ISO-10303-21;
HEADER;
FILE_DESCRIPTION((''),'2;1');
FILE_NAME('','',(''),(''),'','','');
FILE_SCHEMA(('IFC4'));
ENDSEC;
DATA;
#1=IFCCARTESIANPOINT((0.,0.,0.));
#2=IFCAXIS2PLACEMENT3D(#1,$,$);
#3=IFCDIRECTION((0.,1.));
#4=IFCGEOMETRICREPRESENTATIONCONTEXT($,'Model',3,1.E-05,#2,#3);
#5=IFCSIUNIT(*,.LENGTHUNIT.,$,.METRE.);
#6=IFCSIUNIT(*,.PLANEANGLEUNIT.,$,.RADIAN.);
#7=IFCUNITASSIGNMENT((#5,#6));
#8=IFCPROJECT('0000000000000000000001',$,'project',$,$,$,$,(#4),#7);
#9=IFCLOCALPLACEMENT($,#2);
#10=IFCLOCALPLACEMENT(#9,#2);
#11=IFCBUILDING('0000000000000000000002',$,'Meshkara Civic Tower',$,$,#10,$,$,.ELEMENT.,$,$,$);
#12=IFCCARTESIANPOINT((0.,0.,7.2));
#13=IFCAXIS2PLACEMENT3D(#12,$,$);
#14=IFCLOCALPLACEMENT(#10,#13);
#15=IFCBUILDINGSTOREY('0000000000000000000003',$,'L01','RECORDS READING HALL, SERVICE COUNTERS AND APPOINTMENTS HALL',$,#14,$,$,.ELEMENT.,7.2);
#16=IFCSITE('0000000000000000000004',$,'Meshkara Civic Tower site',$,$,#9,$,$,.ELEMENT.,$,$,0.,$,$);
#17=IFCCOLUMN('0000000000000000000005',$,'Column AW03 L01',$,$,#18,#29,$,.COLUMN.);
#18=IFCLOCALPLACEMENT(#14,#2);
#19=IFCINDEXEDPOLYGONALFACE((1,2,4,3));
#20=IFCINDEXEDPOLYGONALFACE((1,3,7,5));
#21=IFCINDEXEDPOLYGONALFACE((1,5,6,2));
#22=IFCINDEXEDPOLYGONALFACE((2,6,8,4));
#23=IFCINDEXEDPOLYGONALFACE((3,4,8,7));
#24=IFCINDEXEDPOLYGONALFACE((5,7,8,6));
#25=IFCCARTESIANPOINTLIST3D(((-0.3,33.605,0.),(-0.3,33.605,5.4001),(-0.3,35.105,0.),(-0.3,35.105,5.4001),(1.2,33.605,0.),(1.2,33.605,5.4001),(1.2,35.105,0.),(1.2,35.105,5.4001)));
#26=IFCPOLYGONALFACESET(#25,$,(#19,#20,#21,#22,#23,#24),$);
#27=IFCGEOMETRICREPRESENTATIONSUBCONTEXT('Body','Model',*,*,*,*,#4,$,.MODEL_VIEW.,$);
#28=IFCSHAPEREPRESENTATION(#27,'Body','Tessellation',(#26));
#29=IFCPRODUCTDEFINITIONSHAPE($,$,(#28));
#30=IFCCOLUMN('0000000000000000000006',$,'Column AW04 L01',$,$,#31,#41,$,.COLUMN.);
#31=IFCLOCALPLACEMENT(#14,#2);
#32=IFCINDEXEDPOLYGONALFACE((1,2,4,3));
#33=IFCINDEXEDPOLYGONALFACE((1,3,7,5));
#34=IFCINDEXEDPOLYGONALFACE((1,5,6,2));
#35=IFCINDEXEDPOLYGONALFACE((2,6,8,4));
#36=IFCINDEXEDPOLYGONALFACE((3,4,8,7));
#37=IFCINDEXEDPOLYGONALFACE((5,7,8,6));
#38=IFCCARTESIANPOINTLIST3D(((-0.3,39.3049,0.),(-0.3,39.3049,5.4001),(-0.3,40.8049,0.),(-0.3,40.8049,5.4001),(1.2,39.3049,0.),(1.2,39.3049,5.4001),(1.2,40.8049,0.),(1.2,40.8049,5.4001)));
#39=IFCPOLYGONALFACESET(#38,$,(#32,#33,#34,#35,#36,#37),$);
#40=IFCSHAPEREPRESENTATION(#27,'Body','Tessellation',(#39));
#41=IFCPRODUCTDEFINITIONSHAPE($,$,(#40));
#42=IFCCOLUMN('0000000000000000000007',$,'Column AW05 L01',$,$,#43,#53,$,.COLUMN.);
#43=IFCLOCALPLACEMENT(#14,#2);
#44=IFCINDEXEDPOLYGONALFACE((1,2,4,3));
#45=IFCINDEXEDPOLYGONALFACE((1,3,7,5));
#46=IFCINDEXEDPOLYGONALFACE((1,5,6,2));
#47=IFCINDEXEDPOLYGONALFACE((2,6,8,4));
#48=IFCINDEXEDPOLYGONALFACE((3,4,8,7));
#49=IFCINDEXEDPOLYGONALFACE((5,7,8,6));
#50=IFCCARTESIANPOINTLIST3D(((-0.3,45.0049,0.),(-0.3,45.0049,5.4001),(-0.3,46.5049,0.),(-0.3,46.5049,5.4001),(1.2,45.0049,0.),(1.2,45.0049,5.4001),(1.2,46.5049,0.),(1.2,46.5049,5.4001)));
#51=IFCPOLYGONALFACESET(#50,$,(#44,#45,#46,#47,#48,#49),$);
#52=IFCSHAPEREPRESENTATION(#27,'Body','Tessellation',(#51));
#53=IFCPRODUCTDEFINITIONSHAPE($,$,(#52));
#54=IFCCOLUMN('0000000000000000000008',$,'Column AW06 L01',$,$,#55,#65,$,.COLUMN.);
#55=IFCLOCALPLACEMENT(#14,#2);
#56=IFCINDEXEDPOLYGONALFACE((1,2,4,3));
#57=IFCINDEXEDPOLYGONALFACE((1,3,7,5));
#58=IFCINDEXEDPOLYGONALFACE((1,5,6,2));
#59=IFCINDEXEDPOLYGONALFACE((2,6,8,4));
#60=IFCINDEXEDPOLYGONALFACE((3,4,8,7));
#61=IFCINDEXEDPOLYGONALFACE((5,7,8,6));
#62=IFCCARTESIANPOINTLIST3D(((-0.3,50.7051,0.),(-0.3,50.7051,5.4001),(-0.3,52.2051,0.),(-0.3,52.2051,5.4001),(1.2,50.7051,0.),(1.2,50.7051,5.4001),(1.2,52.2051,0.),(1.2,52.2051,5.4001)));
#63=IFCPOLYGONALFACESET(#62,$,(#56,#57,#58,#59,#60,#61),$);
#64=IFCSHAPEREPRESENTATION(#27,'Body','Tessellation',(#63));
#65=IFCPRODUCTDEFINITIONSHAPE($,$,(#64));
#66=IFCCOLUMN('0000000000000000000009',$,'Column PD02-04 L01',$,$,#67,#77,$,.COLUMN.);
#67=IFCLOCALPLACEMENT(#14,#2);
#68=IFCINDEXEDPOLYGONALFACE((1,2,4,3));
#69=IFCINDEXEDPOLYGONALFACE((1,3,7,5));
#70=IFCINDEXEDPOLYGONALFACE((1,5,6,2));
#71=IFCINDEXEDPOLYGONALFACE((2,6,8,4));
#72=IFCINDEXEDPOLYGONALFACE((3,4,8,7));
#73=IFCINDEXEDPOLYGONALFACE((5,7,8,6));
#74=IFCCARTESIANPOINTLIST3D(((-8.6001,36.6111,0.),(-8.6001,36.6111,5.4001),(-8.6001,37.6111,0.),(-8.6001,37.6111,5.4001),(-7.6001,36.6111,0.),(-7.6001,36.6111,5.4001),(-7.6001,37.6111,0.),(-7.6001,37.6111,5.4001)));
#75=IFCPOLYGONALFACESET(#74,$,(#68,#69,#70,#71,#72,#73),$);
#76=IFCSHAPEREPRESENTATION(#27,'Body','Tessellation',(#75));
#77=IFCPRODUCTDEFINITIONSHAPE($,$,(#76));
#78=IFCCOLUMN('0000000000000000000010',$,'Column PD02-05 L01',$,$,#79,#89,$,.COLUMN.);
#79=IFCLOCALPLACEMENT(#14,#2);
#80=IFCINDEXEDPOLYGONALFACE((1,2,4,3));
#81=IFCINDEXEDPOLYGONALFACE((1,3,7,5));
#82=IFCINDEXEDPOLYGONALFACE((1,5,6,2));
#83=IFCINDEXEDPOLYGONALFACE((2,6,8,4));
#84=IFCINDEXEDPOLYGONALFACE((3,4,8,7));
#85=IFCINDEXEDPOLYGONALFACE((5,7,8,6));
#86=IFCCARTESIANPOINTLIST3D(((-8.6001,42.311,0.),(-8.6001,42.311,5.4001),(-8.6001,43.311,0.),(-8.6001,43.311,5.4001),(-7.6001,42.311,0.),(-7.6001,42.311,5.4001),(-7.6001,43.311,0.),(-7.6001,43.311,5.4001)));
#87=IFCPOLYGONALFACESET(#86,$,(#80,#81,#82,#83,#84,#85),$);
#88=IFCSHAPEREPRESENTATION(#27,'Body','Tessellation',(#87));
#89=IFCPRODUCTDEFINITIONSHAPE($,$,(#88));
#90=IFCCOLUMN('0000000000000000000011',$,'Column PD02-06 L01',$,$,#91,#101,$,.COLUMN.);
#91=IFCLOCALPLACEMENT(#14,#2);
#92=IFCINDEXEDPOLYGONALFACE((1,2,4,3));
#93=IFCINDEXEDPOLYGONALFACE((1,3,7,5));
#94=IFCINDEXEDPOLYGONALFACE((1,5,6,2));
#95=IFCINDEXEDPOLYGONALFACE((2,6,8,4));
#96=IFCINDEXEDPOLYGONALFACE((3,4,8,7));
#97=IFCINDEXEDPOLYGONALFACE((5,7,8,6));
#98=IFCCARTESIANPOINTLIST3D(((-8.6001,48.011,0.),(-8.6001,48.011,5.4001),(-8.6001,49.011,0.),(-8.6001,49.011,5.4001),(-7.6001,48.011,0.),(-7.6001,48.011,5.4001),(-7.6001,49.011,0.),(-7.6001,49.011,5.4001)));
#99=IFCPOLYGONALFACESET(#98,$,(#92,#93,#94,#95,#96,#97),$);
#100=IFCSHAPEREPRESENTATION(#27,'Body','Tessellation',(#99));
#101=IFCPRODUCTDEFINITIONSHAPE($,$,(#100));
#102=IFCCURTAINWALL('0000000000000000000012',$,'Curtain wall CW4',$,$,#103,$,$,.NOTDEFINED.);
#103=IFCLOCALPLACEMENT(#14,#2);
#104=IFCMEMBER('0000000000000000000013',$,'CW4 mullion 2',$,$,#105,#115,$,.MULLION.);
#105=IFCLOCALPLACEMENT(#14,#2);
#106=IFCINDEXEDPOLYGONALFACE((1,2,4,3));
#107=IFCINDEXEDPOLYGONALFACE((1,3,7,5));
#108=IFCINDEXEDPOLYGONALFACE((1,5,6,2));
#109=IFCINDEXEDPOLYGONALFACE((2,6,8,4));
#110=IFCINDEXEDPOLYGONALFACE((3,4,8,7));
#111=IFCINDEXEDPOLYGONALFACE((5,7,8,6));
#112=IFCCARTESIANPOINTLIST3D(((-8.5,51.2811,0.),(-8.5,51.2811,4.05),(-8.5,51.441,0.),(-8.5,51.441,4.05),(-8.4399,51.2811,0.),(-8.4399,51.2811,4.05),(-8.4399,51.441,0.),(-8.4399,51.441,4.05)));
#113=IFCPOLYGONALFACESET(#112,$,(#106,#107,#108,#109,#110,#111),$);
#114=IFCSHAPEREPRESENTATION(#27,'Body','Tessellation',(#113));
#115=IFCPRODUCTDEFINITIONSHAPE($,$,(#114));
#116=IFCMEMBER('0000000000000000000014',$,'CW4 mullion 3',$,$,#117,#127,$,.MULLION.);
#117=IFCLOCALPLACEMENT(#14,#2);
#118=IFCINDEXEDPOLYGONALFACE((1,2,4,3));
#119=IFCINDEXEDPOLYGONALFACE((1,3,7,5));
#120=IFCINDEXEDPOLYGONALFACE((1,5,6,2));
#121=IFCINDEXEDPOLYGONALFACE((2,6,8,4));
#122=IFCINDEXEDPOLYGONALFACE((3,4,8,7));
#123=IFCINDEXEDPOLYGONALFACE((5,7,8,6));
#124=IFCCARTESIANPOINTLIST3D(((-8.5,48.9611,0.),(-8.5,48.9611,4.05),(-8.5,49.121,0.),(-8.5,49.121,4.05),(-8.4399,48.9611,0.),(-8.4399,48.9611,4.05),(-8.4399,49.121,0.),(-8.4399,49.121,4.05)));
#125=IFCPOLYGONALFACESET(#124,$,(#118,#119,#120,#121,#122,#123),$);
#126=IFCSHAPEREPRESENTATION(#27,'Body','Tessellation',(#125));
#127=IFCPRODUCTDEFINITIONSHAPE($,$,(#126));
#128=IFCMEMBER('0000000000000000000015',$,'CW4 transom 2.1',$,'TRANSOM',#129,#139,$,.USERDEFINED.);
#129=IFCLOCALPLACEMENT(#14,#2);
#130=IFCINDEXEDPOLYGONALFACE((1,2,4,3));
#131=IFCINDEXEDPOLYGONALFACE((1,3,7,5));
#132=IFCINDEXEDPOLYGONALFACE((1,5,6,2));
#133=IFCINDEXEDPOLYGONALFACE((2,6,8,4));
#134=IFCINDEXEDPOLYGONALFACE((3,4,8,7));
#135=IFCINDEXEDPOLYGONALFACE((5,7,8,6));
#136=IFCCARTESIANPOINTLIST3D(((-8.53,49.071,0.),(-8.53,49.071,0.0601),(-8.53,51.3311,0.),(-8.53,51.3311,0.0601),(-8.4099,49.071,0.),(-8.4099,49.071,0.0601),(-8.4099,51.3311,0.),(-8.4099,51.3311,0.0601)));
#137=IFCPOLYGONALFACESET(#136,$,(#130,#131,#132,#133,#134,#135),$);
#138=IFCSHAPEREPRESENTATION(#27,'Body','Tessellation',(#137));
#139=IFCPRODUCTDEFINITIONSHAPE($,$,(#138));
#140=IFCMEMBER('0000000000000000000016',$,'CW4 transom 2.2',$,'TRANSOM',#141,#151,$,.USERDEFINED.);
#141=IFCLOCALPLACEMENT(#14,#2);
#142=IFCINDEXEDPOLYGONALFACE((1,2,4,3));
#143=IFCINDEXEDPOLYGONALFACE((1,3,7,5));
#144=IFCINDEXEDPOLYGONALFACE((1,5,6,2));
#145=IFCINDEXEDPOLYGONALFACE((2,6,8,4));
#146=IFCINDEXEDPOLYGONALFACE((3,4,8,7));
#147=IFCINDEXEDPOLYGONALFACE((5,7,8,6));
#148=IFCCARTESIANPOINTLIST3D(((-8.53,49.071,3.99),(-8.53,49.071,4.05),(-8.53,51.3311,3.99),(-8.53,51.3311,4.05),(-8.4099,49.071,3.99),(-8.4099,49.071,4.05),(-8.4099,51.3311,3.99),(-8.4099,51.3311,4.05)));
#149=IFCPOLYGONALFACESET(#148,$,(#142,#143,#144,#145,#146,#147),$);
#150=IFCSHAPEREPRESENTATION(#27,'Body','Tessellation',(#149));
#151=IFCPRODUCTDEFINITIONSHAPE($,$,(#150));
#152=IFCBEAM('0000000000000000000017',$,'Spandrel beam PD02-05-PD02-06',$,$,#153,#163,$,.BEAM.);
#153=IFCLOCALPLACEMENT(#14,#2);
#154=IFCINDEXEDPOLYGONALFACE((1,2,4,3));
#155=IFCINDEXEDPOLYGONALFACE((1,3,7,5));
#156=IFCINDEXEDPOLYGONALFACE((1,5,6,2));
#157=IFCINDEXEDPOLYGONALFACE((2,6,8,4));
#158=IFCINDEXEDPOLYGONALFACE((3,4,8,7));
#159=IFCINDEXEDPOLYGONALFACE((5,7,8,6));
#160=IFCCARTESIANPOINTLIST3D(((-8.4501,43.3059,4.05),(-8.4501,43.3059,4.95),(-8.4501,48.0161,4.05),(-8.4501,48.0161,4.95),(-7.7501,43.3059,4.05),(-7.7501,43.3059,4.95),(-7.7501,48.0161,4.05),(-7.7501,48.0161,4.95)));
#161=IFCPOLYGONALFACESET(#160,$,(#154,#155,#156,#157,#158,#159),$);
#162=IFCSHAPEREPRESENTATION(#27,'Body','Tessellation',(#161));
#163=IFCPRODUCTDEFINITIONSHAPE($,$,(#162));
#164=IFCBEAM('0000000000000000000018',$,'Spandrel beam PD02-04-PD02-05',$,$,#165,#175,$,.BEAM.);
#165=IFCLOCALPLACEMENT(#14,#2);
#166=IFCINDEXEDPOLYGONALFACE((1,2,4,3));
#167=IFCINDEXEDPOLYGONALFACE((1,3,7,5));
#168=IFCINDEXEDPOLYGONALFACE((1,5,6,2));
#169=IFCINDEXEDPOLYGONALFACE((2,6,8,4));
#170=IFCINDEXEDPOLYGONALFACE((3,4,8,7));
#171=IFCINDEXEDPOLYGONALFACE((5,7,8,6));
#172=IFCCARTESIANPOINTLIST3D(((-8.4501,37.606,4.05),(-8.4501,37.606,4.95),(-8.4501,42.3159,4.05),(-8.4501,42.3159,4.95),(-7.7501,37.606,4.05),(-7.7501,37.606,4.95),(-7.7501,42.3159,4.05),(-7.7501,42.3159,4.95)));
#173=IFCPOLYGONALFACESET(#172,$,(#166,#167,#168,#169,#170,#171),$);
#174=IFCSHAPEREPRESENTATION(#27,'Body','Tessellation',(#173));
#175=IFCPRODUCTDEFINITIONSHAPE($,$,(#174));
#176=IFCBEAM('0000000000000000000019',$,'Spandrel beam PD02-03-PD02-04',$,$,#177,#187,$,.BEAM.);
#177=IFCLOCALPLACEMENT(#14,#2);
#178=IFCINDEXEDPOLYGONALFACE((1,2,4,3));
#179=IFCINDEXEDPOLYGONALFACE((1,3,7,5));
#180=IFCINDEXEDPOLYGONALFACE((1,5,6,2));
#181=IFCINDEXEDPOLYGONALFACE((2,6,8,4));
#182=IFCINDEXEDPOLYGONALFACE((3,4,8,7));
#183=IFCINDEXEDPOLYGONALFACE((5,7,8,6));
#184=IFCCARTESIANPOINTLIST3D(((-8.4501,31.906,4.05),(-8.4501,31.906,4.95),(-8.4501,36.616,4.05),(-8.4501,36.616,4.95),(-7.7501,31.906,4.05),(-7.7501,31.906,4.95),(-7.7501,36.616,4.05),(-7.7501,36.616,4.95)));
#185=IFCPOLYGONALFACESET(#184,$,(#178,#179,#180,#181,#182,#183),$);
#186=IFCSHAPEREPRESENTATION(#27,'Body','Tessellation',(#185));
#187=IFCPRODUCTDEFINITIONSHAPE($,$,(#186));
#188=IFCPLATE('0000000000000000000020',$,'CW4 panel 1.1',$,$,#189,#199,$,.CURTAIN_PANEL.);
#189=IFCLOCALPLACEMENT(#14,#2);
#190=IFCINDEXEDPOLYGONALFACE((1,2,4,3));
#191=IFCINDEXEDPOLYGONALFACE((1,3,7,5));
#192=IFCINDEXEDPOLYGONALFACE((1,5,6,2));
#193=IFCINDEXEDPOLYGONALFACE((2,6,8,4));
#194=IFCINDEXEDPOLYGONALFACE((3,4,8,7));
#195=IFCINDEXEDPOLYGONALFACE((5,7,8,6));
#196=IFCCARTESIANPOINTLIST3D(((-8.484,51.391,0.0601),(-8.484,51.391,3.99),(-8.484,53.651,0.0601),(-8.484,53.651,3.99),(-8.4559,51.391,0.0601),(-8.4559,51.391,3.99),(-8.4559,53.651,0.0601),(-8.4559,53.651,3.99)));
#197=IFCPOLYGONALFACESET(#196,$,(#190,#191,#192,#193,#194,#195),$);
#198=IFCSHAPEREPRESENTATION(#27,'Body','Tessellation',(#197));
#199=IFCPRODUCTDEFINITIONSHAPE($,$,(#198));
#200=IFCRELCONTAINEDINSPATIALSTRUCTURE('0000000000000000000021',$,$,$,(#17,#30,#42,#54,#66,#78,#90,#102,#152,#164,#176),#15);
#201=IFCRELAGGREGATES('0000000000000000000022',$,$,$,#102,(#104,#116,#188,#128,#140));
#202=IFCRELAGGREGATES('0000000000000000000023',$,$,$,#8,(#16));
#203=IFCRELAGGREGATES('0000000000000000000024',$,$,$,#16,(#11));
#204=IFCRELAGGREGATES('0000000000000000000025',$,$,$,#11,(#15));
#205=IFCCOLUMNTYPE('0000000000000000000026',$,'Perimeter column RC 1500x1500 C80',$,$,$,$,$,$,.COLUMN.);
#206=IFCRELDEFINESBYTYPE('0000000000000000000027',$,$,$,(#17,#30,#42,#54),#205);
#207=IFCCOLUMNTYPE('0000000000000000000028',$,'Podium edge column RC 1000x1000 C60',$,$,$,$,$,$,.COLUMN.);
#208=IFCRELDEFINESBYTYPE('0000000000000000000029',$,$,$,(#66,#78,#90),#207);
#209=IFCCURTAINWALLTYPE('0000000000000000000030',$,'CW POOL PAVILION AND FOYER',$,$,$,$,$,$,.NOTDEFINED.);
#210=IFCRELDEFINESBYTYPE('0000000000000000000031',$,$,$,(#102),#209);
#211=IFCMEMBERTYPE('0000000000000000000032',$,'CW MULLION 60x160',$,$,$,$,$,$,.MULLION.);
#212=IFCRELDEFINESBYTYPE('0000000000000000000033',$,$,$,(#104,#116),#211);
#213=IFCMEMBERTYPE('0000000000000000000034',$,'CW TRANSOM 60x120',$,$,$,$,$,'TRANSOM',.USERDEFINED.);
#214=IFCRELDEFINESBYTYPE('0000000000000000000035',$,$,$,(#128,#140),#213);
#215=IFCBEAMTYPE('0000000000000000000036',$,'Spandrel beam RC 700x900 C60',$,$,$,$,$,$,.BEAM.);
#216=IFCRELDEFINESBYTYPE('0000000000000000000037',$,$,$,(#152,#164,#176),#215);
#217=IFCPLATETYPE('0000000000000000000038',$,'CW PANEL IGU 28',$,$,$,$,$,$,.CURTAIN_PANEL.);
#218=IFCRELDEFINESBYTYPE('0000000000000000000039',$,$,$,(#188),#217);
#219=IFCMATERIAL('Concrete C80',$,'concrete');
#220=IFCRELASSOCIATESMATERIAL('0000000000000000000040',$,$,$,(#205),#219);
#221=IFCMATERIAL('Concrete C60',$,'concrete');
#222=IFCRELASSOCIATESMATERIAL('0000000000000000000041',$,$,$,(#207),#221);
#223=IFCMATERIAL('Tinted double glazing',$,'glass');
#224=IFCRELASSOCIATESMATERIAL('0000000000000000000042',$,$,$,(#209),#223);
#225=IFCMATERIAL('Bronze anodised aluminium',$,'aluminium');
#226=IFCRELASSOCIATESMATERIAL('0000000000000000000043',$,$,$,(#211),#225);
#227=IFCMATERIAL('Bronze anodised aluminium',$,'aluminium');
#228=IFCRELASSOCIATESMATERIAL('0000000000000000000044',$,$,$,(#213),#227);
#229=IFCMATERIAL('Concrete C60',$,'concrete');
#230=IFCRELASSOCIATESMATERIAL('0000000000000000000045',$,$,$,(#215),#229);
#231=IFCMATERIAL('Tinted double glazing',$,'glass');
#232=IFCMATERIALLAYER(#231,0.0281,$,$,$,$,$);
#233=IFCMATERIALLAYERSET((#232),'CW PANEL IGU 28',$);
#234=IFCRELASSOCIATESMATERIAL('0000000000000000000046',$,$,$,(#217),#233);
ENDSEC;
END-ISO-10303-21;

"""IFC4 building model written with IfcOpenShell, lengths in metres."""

from ifc_helpers import new_model, si_unit, direction, frame, origin, origin_2d, place, context, subcontext, project, spatial, rectangle, extrude, material, layer, layer_set, material_profile, profile_set, type_object, element, aggregate, save


model = new_model("IFC4")

# Units and contexts
model_context = context("Model", 3, precision=1e-05, world=origin(), true_north=direction((0.0, 1.0)))
body_context = subcontext(model_context, "Body", "Model", "MODEL_VIEW")
ifc_project = project(units=[si_unit("LENGTHUNIT", "METRE"), si_unit("PLANEANGLEUNIT", "RADIAN")], contexts=[model_context])

# Site, building, storey
site_placement = place(None, origin())
site = spatial("IfcSite", under=ifc_project, at=site_placement, Name="Meshkara Civic Tower site", CompositionType="ELEMENT", RefElevation=0.0)
building_placement = place(site_placement, origin())
building = spatial("IfcBuilding", under=site, at=building_placement, Name="Meshkara Civic Tower", CompositionType="ELEMENT")
storey_placement = place(building_placement, frame((0.0, 0.0, 7.2)))
storey = spatial("IfcBuildingStorey", under=building, at=storey_placement, Name="L01", Description="RECORDS READING HALL, SERVICE COUNTERS AND APPOINTMENTS HALL", CompositionType="ELEMENT", Elevation=7.2)

# Columns
ifc_material_1 = material(Name="Concrete C80", Category="concrete")
ifc_material_profile_1 = material_profile(ifc_material_1, rectangle(XDim=1.5, YDim=1.5, at=origin_2d()))
ifc_profile_set_1 = profile_set([ifc_material_profile_1], Name="Concrete C80")
column_type_1 = type_object("IfcColumnType", Name="Perimeter column RC 1500x1500 C80", PredefinedType="COLUMN", material=ifc_profile_set_1)
for number, where, z_axis, x_axis, name in (
    (1, (0.45, 34.355, 0.0), (0.0, 0.0, 1.0), (1.0, 0.0, 0.0), "Column AW03 L01"),
    (2, (0.45, 40.0549, 0.0), (0.0, 0.0, 1.0), (1.0, 0.0, 0.0), "Column AW04 L01"),
    (3, (0.45, 45.7549, 0.0), (0.0, 0.0, 1.0), (1.0, 0.0, 0.0), "Column AW05 L01"),
    (4, (0.45, 51.4551, 0.0), (0.0, 0.0, 1.0), (1.0, 0.0, 0.0), "Column AW06 L01"),
):
    element("IfcColumn", number, at=place(storey_placement, frame(where, z_axis=z_axis, x_axis=x_axis)), inside=storey, type_object=column_type_1, Name=name, PredefinedType="COLUMN", context=body_context, shape_type="SweptSolid", body=[
        extrude(rectangle(XDim=1.5, YDim=1.5, at=origin_2d()), origin(), (0.0, 0.0, 1.0), 5.4001),
    ])
ifc_material_2 = material(Name="Concrete C60", Category="concrete")
ifc_material_profile_2 = material_profile(ifc_material_2, rectangle(XDim=1.0, YDim=1.0, at=origin_2d()))
ifc_profile_set_2 = profile_set([ifc_material_profile_2], Name="Concrete C60")
column_type_2 = type_object("IfcColumnType", Name="Podium edge column RC 1000x1000 C60", PredefinedType="COLUMN", material=ifc_profile_set_2)
for number, where, z_axis, x_axis, name in (
    (5, (-8.1001, 37.1111, 0.0), (0.0, 0.0, 1.0), (1.0, 0.0, 0.0), "Column PD02-04 L01"),
    (6, (-8.1001, 42.811, 0.0), (0.0, 0.0, 1.0), (1.0, 0.0, 0.0), "Column PD02-05 L01"),
    (7, (-8.1001, 48.511, 0.0), (0.0, 0.0, 1.0), (1.0, 0.0, 0.0), "Column PD02-06 L01"),
):
    element("IfcColumn", number, at=place(storey_placement, frame(where, z_axis=z_axis, x_axis=x_axis)), inside=storey, type_object=column_type_2, Name=name, PredefinedType="COLUMN", context=body_context, shape_type="SweptSolid", body=[
        extrude(rectangle(XDim=1.0, YDim=1.0, at=origin_2d()), origin(), (0.0, 0.0, 1.0), 5.4001),
    ])

# Curtain wall, members
ifc_material_3 = material(Name="Tinted double glazing", Category="glass")
curtain_wall_type = type_object("IfcCurtainWallType", Name="CW POOL PAVILION AND FOYER", PredefinedType="NOTDEFINED", material=ifc_material_3)
curtain_wall_placement = place(storey_placement, origin())
curtain_wall = element("IfcCurtainWall", 8, at=curtain_wall_placement, inside=storey, type_object=curtain_wall_type, Name="Curtain wall CW4", PredefinedType="NOTDEFINED")
ifc_material_4 = material(Name="Bronze anodised aluminium", Category="aluminium")
ifc_material_profile_3 = material_profile(ifc_material_4, rectangle(XDim=0.0601, YDim=0.1599, at=origin_2d()))
ifc_profile_set_3 = profile_set([ifc_material_profile_3], Name="Bronze anodised aluminium")
member_type_1 = type_object("IfcMemberType", Name="CW MULLION 60x160", PredefinedType="MULLION", material=ifc_profile_set_3)
member_1_placement = place(storey_placement, frame((-8.47, 51.3611, 0.0), z_axis=(0.0, 0.0, 1.0), x_axis=(1.0, 0.0, 0.0)))
member_1 = element("IfcMember", 9, at=member_1_placement, type_object=member_type_1, Name="CW4 mullion 2", PredefinedType="MULLION", context=body_context, shape_type="SweptSolid", body=[
    extrude(rectangle(XDim=0.0601, YDim=0.1599, at=origin_2d()), origin(), (0.0, 0.0, 1.0), 4.05),
])
member_2_placement = place(storey_placement, frame((-8.47, 49.041, 0.0), z_axis=(0.0, 0.0, 1.0), x_axis=(1.0, 0.0, 0.0)))
member_2 = element("IfcMember", 10, at=member_2_placement, type_object=member_type_1, Name="CW4 mullion 3", PredefinedType="MULLION", context=body_context, shape_type="SweptSolid", body=[
    extrude(rectangle(XDim=0.0601, YDim=0.1599, at=origin_2d()), origin(), (0.0, 0.0, 1.0), 4.05),
])
ifc_material_5 = material(Name="Bronze anodised aluminium", Category="aluminium")
ifc_material_profile_4 = material_profile(ifc_material_5, rectangle(XDim=0.1201, YDim=0.0601, at=origin_2d()))
ifc_profile_set_4 = profile_set([ifc_material_profile_4], Name="Bronze anodised aluminium")
member_type_2 = type_object("IfcMemberType", Name="CW TRANSOM 60x120", ElementType="TRANSOM", PredefinedType="USERDEFINED", material=ifc_profile_set_4)
member_3_placement = place(storey_placement, frame((-8.47, 51.3311, 0.03), z_axis=(0.0, -1.0, 0.0), x_axis=(1.0, 0.0, 0.0)))
member_3 = element("IfcMember", 11, at=member_3_placement, type_object=member_type_2, Name="CW4 transom 2.1", ObjectType="TRANSOM", PredefinedType="USERDEFINED", context=body_context, shape_type="SweptSolid", body=[
    extrude(rectangle(XDim=0.1201, YDim=0.0601, at=origin_2d()), origin(), (0.0, 0.0, 1.0), 2.26),
])
member_4_placement = place(storey_placement, frame((-8.47, 51.3311, 4.02), z_axis=(0.0, -1.0, 0.0), x_axis=(1.0, 0.0, 0.0)))
member_4 = element("IfcMember", 12, at=member_4_placement, type_object=member_type_2, Name="CW4 transom 2.2", ObjectType="TRANSOM", PredefinedType="USERDEFINED", context=body_context, shape_type="SweptSolid", body=[
    extrude(rectangle(XDim=0.1201, YDim=0.0601, at=origin_2d()), origin(), (0.0, 0.0, 1.0), 2.26),
])

# Beams
ifc_material_6 = material(Name="Concrete C60", Category="concrete")
ifc_material_profile_5 = material_profile(ifc_material_6, rectangle(XDim=0.7, YDim=0.8999, at=origin_2d()))
ifc_profile_set_5 = profile_set([ifc_material_profile_5], Name="Concrete C60")
beam_type = type_object("IfcBeamType", Name="Spandrel beam RC 700x900 C60", PredefinedType="BEAM", material=ifc_profile_set_5)
beam_placement = place(storey_placement, frame((-8.1001, 48.0161, 4.5), z_axis=(0.0, -1.0, 0.0), x_axis=(1.0, 0.0, 0.0)))
element("IfcBeam", 13, at=beam_placement, inside=storey, type_object=beam_type, Name="Spandrel beam PD02-05-PD02-06", PredefinedType="BEAM", context=body_context, shape_type="SweptSolid", body=[
    extrude(rectangle(XDim=0.7, YDim=0.8999, at=origin_2d()), origin(), (0.0, 0.0, 1.0), 4.7102),
])
for number, where, z_axis, x_axis, name in (
    (14, (-8.1001, 42.3159, 4.5), (0.0, -1.0, 0.0), (1.0, 0.0, 0.0), "Spandrel beam PD02-04-PD02-05"),
    (15, (-8.1001, 36.616, 4.5), (0.0, -1.0, 0.0), (1.0, 0.0, 0.0), "Spandrel beam PD02-03-PD02-04"),
):
    element("IfcBeam", number, at=place(storey_placement, frame(where, z_axis=z_axis, x_axis=x_axis)), inside=storey, type_object=beam_type, Name=name, PredefinedType="BEAM", context=body_context, shape_type="SweptSolid", body=[
        extrude(rectangle(XDim=0.7, YDim=0.8999, at=origin_2d()), origin(), (0.0, 0.0, 1.0), 4.71),
    ])

# Plate
ifc_material_7 = material(Name="Tinted double glazing", Category="glass")
ifc_layer_1 = layer(ifc_material_7, 0.0281)
ifc_layer_set_1 = layer_set([ifc_layer_1], Name="CW PANEL IGU 28")
plate_type = type_object("IfcPlateType", Name="CW PANEL IGU 28", PredefinedType="CURTAIN_PANEL", material=ifc_layer_set_1)
plate_1_placement = place(storey_placement, frame((-8.47, 52.521, 0.0601), z_axis=(0.0, 0.0, 1.0), x_axis=(0.0, -1.0, 0.0)))
plate_1 = element("IfcPlate", 16, at=plate_1_placement, type_object=plate_type, Name="CW4 panel 1.1", PredefinedType="CURTAIN_PANEL", context=body_context, shape_type="SweptSolid", body=[
    extrude(rectangle(XDim=2.26, YDim=0.0281, at=origin_2d()), origin(), (0.0, 0.0, 1.0), 3.9299),
])
aggregate(curtain_wall, [member_1, member_2, plate_1, member_3, member_4])

save(model, "model.ifc")
